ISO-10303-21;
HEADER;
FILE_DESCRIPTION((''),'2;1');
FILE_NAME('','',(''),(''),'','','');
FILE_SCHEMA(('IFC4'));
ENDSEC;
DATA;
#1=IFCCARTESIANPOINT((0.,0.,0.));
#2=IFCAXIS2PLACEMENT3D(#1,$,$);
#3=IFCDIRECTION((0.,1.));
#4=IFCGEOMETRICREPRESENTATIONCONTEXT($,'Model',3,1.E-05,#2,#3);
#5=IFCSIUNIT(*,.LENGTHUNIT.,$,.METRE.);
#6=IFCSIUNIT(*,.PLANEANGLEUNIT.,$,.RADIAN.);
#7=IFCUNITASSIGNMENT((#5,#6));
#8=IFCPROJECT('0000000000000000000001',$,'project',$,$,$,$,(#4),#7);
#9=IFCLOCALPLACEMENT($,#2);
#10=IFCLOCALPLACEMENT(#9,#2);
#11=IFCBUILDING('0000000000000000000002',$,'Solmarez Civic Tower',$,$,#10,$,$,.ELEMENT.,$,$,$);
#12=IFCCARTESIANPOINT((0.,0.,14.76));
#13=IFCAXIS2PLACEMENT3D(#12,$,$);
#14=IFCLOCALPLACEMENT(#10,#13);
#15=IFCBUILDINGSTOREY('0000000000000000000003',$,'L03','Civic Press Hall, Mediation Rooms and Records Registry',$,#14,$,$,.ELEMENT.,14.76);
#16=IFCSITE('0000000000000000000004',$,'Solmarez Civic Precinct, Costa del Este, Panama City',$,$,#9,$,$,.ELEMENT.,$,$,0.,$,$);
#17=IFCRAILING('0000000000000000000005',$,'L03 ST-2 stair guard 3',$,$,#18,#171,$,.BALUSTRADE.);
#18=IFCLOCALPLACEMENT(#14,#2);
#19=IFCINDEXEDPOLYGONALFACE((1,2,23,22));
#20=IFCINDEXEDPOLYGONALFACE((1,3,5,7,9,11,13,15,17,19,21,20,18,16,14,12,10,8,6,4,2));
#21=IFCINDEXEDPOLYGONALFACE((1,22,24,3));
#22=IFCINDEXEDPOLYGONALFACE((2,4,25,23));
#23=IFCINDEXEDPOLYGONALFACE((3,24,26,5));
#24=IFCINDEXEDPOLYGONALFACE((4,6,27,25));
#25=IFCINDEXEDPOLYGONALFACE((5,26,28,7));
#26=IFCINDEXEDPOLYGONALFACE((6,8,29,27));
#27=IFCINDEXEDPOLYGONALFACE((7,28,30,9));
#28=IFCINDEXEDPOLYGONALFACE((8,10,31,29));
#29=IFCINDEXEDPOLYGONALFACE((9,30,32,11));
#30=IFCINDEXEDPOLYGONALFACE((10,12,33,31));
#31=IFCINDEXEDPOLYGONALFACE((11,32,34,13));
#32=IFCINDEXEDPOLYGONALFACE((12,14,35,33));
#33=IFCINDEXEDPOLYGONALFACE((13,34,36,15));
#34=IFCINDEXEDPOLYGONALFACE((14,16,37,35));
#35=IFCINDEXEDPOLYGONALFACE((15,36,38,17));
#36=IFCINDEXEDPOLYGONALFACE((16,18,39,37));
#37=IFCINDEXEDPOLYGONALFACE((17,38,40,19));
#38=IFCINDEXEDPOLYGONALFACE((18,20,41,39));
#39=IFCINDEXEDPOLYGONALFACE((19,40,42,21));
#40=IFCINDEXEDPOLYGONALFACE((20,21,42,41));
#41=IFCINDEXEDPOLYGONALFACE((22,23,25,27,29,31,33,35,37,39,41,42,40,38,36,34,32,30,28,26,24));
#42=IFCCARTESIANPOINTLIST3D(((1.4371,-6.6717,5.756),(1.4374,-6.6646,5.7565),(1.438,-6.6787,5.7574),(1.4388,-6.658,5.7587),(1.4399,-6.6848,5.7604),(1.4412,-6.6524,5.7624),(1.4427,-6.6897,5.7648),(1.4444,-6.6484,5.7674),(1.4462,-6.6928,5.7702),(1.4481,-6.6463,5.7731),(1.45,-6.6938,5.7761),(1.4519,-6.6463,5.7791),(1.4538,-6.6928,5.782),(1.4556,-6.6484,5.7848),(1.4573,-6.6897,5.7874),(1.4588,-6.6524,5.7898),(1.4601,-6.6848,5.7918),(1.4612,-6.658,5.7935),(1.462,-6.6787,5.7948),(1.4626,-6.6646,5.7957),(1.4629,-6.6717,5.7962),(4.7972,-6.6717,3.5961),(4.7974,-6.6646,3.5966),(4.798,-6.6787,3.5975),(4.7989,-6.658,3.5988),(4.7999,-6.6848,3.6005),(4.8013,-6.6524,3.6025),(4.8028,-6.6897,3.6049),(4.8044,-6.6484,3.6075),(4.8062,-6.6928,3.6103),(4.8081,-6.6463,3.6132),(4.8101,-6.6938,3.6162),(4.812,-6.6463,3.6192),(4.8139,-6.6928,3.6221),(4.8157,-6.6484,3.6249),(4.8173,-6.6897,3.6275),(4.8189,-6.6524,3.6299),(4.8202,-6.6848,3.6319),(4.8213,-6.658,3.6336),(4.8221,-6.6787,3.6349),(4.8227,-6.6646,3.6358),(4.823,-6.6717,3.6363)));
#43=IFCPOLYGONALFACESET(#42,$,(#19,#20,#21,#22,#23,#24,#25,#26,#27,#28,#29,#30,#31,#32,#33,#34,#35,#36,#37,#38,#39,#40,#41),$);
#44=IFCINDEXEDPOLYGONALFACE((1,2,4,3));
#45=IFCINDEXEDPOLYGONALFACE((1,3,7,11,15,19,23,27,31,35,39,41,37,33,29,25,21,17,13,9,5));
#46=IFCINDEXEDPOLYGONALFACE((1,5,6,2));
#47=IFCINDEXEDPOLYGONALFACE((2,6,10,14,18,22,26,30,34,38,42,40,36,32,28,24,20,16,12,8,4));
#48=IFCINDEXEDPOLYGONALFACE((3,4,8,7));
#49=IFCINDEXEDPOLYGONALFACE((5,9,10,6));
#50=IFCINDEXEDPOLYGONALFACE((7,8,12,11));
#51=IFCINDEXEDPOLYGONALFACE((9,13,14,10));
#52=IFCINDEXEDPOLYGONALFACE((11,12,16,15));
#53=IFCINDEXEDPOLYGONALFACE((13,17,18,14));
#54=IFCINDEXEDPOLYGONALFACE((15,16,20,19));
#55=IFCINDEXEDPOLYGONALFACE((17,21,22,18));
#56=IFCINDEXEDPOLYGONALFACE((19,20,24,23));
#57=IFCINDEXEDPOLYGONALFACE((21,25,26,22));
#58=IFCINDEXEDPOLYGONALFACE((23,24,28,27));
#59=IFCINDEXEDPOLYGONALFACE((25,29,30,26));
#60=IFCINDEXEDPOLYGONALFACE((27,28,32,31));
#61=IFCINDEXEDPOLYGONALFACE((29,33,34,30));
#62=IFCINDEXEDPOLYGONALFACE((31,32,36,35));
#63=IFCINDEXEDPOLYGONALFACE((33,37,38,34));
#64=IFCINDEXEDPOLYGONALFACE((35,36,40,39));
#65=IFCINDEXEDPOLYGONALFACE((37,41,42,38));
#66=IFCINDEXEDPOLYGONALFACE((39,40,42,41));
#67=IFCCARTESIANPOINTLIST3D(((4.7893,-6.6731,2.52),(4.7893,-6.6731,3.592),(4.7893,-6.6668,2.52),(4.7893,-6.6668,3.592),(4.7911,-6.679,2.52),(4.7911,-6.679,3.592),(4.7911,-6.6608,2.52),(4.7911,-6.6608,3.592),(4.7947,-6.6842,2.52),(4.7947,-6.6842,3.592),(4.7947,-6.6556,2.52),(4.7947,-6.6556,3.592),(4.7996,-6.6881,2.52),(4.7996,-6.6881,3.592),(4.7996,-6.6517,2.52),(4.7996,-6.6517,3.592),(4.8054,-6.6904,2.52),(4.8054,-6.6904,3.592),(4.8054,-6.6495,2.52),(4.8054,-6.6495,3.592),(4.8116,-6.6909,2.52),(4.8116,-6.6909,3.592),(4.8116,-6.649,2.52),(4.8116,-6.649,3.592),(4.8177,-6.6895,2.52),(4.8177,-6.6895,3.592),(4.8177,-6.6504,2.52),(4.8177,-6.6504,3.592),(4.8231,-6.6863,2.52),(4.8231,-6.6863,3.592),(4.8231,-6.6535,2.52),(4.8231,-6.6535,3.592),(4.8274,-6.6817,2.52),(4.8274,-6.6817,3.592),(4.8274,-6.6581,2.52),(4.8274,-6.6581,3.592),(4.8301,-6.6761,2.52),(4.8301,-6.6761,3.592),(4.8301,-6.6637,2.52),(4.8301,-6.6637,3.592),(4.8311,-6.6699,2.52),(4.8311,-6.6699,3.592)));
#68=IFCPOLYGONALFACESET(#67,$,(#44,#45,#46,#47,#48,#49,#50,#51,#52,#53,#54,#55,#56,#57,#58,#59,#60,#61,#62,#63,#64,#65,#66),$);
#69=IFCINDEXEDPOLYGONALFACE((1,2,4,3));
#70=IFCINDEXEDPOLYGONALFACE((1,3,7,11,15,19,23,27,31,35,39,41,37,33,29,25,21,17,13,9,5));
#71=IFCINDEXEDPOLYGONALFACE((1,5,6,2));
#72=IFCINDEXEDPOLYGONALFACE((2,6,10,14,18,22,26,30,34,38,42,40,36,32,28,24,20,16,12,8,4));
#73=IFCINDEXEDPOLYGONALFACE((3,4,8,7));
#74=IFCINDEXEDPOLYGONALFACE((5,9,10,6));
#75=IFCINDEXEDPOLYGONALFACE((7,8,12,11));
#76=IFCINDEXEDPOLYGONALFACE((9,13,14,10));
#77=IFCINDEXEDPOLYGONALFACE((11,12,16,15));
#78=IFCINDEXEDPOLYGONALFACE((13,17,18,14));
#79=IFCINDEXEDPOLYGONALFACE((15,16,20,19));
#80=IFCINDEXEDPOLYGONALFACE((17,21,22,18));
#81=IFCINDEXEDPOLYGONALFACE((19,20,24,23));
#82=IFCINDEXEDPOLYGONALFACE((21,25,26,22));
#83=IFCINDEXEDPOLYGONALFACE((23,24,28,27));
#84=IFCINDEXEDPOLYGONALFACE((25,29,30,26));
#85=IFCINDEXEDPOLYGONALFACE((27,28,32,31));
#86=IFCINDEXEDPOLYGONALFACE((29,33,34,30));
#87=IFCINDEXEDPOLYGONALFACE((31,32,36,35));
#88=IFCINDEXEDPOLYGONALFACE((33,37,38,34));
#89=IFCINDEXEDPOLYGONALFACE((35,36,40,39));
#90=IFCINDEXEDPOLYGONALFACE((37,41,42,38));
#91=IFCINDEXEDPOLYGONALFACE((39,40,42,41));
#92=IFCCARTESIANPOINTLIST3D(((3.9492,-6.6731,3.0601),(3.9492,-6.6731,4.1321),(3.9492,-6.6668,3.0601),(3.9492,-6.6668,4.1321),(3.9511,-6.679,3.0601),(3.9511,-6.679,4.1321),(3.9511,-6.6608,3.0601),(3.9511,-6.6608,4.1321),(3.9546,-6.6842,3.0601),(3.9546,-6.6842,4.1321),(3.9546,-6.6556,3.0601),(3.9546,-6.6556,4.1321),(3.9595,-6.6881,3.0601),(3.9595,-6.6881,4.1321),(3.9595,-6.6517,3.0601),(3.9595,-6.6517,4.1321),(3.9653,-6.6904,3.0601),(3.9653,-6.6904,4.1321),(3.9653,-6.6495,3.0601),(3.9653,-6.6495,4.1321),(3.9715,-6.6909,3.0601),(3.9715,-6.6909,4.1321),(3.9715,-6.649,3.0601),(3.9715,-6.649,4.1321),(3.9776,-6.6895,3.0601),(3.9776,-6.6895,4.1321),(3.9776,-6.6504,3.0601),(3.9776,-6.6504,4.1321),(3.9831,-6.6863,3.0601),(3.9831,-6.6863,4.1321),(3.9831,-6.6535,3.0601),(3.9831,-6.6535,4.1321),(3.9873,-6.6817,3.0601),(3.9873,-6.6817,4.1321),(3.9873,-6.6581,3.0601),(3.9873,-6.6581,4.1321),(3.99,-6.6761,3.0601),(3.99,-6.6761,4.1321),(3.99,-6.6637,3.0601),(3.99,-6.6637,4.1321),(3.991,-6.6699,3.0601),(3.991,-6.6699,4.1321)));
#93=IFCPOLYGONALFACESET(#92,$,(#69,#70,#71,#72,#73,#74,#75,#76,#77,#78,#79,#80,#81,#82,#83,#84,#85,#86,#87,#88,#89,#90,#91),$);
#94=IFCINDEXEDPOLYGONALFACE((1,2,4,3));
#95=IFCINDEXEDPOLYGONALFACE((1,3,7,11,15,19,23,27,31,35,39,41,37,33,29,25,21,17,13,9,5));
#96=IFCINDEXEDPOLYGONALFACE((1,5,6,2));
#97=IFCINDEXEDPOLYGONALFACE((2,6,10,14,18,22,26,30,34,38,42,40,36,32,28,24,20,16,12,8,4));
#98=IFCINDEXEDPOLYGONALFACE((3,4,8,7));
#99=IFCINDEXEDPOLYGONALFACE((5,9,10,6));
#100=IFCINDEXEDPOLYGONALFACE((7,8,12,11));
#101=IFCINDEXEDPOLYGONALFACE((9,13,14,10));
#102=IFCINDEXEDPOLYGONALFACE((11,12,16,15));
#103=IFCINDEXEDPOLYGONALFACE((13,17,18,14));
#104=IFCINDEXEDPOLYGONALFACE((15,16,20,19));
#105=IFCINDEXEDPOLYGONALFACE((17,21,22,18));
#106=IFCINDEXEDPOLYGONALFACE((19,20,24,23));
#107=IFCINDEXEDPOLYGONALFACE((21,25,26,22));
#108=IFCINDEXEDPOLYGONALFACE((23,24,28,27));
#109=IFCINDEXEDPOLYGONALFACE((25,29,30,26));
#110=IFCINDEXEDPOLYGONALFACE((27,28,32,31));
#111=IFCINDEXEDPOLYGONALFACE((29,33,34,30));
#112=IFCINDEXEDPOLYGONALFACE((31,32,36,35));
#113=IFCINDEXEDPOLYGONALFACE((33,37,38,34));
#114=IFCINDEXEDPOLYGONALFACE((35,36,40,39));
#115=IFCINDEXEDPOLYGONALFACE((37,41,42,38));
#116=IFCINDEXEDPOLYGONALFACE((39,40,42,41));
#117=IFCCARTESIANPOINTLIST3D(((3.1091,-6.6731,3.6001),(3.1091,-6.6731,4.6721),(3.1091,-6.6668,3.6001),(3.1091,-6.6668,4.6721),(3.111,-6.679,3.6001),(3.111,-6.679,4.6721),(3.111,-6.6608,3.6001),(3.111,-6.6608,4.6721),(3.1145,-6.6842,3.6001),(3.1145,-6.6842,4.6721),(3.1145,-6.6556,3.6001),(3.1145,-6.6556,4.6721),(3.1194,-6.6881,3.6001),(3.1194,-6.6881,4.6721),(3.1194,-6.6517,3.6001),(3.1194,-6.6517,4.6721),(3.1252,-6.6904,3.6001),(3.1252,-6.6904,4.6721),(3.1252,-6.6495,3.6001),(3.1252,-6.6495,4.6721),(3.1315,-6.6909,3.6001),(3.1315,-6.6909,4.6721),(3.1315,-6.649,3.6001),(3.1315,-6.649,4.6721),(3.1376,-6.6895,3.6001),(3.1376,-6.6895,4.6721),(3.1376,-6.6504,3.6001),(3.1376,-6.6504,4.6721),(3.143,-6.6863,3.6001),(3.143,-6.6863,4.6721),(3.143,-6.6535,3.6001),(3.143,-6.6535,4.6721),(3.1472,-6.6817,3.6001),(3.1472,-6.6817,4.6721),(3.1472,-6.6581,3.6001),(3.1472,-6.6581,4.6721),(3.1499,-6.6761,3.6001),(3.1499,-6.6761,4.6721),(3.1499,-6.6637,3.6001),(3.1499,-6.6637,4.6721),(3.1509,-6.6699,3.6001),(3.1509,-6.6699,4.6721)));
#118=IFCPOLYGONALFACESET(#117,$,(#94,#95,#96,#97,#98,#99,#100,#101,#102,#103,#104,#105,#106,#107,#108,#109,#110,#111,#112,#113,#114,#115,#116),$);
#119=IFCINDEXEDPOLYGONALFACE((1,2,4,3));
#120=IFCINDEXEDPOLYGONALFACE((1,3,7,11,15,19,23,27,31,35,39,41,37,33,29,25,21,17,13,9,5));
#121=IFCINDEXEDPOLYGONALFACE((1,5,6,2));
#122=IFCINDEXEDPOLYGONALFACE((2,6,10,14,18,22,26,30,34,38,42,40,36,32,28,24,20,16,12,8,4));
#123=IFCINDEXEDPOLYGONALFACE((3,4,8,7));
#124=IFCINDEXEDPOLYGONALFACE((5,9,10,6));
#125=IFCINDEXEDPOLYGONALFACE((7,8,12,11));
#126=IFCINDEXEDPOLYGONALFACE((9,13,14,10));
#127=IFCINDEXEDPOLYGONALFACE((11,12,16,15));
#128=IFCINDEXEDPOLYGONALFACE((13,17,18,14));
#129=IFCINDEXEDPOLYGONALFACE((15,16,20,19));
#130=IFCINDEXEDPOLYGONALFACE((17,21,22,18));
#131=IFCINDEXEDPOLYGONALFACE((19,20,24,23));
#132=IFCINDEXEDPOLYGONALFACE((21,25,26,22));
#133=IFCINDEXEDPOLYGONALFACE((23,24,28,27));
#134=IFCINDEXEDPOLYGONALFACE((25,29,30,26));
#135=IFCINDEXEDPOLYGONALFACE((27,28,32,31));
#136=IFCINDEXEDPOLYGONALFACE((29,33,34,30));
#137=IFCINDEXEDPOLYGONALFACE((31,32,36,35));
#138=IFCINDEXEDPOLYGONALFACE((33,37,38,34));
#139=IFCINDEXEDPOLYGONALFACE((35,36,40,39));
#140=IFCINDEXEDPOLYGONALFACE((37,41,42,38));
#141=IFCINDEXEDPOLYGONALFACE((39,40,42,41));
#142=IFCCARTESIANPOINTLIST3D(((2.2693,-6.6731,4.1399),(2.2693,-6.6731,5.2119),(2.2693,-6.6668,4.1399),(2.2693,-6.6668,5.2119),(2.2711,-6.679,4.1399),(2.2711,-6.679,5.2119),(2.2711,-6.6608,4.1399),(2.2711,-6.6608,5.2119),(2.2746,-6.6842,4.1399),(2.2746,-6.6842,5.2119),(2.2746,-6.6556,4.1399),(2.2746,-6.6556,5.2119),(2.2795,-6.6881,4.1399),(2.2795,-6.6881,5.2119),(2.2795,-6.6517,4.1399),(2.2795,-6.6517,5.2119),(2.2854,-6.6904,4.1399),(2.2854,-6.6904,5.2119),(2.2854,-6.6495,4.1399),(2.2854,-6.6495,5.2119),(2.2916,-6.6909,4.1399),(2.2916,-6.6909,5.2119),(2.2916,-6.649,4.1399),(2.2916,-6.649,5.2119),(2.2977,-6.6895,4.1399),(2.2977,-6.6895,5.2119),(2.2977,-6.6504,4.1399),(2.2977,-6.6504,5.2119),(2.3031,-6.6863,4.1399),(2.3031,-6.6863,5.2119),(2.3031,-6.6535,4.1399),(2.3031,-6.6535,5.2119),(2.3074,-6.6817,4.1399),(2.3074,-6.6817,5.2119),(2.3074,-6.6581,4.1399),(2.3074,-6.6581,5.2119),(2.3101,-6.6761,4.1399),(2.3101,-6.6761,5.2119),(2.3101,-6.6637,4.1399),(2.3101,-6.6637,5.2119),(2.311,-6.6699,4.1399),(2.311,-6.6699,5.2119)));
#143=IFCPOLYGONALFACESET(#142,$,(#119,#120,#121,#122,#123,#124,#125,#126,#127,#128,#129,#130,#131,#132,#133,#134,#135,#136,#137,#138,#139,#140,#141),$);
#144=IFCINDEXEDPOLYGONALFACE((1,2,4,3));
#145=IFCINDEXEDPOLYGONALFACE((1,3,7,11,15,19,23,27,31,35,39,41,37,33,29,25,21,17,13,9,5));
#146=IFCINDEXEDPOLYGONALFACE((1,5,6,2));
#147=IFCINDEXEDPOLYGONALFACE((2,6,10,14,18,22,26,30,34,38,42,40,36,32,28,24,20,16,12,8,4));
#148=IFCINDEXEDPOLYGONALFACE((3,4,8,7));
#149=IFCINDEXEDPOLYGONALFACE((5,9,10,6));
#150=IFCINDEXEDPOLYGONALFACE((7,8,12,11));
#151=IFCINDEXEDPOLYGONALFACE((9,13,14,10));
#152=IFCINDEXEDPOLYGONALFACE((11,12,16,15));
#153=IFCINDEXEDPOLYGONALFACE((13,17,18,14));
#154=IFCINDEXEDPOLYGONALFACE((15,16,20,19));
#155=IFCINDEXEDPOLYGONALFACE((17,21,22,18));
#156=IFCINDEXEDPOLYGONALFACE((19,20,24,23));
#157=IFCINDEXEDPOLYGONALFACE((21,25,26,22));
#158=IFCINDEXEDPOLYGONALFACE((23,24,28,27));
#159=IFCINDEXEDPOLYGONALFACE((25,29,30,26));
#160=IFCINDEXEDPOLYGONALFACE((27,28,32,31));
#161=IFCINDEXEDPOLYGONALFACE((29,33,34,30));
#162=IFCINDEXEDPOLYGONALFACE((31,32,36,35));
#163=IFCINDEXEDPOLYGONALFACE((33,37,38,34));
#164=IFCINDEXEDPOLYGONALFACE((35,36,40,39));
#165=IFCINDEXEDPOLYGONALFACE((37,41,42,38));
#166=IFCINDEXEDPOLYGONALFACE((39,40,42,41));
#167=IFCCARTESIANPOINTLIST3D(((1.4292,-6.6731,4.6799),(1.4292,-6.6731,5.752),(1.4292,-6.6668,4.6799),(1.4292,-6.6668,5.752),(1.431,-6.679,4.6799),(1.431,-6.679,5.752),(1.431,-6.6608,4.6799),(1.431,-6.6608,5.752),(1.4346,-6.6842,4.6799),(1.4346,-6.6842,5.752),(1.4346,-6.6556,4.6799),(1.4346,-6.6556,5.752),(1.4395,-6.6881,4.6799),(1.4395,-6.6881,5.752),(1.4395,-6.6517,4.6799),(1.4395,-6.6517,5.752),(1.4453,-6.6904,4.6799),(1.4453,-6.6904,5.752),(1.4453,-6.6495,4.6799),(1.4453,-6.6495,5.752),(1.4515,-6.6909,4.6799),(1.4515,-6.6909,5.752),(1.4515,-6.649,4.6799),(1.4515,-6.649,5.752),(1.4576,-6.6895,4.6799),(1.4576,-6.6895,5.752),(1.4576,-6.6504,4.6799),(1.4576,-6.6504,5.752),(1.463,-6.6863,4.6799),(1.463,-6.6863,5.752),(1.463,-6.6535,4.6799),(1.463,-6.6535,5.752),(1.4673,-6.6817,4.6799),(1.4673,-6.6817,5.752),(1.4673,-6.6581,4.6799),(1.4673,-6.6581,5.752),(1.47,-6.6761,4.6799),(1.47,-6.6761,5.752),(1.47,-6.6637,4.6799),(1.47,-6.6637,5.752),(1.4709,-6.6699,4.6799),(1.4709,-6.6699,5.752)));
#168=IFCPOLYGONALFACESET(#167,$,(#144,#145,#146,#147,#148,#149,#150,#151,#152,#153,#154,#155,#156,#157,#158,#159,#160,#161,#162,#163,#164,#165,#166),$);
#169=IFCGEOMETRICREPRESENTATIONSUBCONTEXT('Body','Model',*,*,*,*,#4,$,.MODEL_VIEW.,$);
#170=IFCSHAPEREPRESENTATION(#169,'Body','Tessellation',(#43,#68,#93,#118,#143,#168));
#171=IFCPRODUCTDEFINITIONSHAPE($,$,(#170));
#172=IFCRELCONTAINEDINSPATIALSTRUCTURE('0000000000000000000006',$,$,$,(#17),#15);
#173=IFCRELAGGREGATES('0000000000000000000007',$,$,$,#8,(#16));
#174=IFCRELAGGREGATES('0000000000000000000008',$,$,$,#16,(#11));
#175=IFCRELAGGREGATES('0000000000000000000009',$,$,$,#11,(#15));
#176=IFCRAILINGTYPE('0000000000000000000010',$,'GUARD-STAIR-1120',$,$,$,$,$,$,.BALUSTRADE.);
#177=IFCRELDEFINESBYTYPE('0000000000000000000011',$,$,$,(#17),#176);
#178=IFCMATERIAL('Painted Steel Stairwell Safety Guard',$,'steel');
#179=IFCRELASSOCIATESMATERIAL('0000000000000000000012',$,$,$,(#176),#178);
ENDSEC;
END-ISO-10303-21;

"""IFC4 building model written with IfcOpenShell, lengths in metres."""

from ifc_helpers import new_model, si_unit, direction, frame, origin, origin_2d, place, context, subcontext, project, spatial, circle, extrude, material, type_object, element, save


model = new_model("IFC4")

# Units and contexts
model_context = context("Model", 3, precision=1e-05, world=origin(), true_north=direction((0.0, 1.0)))
body_context = subcontext(model_context, "Body", "Model", "MODEL_VIEW")
ifc_project = project(units=[si_unit("LENGTHUNIT", "METRE"), si_unit("PLANEANGLEUNIT", "RADIAN")], contexts=[model_context])

# Site, building, storey
site_placement = place(None, origin())
site = spatial("IfcSite", under=ifc_project, at=site_placement, Name="Solmarez Civic Precinct, Costa del Este, Panama City", CompositionType="ELEMENT", RefElevation=0.0)
building_placement = place(site_placement, origin())
building = spatial("IfcBuilding", under=site, at=building_placement, Name="Solmarez Civic Tower", CompositionType="ELEMENT")
storey_placement = place(building_placement, frame((0.0, 0.0, 14.76)))
storey = spatial("IfcBuildingStorey", under=building, at=storey_placement, Name="L03", Description="Civic Press Hall, Mediation Rooms and Records Registry", CompositionType="ELEMENT", Elevation=14.76)

# Railing
ifc_material_1 = material(Name="Painted Steel Stairwell Safety Guard", Category="steel")
railing_type_1 = type_object("IfcRailingType", Name="GUARD-STAIR-1120", PredefinedType="BALUSTRADE", material=ifc_material_1)
railing_1_placement = place(storey_placement, frame((4.8101, -6.6699, 2.52)))
element("IfcRailing", 1, at=railing_1_placement, inside=storey, type_object=railing_type_1, Name="L03 ST-2 stair guard 3", PredefinedType="BALUSTRADE", context=body_context, shape_type="SweptSolid", body=[
    extrude(circle(Radius=0.0239, at=origin_2d()), frame((0.0, 0.0, 1.0962), z_axis=(-0.841196, 0.0, 0.54073), x_axis=(0.0, -1.0, 0.0)), (0.0, 0.0, 1.0), 3.9944),
    extrude(circle(Radius=0.021, at=origin_2d()), origin(), (0.0, 0.0, 1.0), 1.072),
    extrude(circle(Radius=0.021, at=origin_2d()), frame((-0.8401, 0.0, 0.54)), (0.0, 0.0, 1.0), 1.072),
    extrude(circle(Radius=0.021, at=origin_2d()), frame((-1.6802, 0.0, 1.0801)), (0.0, 0.0, 1.0), 1.072),
    extrude(circle(Radius=0.021, at=origin_2d()), frame((-2.52, 0.0, 1.6199)), (0.0, 0.0, 1.0), 1.072),
    extrude(circle(Radius=0.021, at=origin_2d()), frame((-3.3601, 0.0, 2.1599)), (0.0, 0.0, 1.0), 1.072),
])

save(model, "model.ifc")
